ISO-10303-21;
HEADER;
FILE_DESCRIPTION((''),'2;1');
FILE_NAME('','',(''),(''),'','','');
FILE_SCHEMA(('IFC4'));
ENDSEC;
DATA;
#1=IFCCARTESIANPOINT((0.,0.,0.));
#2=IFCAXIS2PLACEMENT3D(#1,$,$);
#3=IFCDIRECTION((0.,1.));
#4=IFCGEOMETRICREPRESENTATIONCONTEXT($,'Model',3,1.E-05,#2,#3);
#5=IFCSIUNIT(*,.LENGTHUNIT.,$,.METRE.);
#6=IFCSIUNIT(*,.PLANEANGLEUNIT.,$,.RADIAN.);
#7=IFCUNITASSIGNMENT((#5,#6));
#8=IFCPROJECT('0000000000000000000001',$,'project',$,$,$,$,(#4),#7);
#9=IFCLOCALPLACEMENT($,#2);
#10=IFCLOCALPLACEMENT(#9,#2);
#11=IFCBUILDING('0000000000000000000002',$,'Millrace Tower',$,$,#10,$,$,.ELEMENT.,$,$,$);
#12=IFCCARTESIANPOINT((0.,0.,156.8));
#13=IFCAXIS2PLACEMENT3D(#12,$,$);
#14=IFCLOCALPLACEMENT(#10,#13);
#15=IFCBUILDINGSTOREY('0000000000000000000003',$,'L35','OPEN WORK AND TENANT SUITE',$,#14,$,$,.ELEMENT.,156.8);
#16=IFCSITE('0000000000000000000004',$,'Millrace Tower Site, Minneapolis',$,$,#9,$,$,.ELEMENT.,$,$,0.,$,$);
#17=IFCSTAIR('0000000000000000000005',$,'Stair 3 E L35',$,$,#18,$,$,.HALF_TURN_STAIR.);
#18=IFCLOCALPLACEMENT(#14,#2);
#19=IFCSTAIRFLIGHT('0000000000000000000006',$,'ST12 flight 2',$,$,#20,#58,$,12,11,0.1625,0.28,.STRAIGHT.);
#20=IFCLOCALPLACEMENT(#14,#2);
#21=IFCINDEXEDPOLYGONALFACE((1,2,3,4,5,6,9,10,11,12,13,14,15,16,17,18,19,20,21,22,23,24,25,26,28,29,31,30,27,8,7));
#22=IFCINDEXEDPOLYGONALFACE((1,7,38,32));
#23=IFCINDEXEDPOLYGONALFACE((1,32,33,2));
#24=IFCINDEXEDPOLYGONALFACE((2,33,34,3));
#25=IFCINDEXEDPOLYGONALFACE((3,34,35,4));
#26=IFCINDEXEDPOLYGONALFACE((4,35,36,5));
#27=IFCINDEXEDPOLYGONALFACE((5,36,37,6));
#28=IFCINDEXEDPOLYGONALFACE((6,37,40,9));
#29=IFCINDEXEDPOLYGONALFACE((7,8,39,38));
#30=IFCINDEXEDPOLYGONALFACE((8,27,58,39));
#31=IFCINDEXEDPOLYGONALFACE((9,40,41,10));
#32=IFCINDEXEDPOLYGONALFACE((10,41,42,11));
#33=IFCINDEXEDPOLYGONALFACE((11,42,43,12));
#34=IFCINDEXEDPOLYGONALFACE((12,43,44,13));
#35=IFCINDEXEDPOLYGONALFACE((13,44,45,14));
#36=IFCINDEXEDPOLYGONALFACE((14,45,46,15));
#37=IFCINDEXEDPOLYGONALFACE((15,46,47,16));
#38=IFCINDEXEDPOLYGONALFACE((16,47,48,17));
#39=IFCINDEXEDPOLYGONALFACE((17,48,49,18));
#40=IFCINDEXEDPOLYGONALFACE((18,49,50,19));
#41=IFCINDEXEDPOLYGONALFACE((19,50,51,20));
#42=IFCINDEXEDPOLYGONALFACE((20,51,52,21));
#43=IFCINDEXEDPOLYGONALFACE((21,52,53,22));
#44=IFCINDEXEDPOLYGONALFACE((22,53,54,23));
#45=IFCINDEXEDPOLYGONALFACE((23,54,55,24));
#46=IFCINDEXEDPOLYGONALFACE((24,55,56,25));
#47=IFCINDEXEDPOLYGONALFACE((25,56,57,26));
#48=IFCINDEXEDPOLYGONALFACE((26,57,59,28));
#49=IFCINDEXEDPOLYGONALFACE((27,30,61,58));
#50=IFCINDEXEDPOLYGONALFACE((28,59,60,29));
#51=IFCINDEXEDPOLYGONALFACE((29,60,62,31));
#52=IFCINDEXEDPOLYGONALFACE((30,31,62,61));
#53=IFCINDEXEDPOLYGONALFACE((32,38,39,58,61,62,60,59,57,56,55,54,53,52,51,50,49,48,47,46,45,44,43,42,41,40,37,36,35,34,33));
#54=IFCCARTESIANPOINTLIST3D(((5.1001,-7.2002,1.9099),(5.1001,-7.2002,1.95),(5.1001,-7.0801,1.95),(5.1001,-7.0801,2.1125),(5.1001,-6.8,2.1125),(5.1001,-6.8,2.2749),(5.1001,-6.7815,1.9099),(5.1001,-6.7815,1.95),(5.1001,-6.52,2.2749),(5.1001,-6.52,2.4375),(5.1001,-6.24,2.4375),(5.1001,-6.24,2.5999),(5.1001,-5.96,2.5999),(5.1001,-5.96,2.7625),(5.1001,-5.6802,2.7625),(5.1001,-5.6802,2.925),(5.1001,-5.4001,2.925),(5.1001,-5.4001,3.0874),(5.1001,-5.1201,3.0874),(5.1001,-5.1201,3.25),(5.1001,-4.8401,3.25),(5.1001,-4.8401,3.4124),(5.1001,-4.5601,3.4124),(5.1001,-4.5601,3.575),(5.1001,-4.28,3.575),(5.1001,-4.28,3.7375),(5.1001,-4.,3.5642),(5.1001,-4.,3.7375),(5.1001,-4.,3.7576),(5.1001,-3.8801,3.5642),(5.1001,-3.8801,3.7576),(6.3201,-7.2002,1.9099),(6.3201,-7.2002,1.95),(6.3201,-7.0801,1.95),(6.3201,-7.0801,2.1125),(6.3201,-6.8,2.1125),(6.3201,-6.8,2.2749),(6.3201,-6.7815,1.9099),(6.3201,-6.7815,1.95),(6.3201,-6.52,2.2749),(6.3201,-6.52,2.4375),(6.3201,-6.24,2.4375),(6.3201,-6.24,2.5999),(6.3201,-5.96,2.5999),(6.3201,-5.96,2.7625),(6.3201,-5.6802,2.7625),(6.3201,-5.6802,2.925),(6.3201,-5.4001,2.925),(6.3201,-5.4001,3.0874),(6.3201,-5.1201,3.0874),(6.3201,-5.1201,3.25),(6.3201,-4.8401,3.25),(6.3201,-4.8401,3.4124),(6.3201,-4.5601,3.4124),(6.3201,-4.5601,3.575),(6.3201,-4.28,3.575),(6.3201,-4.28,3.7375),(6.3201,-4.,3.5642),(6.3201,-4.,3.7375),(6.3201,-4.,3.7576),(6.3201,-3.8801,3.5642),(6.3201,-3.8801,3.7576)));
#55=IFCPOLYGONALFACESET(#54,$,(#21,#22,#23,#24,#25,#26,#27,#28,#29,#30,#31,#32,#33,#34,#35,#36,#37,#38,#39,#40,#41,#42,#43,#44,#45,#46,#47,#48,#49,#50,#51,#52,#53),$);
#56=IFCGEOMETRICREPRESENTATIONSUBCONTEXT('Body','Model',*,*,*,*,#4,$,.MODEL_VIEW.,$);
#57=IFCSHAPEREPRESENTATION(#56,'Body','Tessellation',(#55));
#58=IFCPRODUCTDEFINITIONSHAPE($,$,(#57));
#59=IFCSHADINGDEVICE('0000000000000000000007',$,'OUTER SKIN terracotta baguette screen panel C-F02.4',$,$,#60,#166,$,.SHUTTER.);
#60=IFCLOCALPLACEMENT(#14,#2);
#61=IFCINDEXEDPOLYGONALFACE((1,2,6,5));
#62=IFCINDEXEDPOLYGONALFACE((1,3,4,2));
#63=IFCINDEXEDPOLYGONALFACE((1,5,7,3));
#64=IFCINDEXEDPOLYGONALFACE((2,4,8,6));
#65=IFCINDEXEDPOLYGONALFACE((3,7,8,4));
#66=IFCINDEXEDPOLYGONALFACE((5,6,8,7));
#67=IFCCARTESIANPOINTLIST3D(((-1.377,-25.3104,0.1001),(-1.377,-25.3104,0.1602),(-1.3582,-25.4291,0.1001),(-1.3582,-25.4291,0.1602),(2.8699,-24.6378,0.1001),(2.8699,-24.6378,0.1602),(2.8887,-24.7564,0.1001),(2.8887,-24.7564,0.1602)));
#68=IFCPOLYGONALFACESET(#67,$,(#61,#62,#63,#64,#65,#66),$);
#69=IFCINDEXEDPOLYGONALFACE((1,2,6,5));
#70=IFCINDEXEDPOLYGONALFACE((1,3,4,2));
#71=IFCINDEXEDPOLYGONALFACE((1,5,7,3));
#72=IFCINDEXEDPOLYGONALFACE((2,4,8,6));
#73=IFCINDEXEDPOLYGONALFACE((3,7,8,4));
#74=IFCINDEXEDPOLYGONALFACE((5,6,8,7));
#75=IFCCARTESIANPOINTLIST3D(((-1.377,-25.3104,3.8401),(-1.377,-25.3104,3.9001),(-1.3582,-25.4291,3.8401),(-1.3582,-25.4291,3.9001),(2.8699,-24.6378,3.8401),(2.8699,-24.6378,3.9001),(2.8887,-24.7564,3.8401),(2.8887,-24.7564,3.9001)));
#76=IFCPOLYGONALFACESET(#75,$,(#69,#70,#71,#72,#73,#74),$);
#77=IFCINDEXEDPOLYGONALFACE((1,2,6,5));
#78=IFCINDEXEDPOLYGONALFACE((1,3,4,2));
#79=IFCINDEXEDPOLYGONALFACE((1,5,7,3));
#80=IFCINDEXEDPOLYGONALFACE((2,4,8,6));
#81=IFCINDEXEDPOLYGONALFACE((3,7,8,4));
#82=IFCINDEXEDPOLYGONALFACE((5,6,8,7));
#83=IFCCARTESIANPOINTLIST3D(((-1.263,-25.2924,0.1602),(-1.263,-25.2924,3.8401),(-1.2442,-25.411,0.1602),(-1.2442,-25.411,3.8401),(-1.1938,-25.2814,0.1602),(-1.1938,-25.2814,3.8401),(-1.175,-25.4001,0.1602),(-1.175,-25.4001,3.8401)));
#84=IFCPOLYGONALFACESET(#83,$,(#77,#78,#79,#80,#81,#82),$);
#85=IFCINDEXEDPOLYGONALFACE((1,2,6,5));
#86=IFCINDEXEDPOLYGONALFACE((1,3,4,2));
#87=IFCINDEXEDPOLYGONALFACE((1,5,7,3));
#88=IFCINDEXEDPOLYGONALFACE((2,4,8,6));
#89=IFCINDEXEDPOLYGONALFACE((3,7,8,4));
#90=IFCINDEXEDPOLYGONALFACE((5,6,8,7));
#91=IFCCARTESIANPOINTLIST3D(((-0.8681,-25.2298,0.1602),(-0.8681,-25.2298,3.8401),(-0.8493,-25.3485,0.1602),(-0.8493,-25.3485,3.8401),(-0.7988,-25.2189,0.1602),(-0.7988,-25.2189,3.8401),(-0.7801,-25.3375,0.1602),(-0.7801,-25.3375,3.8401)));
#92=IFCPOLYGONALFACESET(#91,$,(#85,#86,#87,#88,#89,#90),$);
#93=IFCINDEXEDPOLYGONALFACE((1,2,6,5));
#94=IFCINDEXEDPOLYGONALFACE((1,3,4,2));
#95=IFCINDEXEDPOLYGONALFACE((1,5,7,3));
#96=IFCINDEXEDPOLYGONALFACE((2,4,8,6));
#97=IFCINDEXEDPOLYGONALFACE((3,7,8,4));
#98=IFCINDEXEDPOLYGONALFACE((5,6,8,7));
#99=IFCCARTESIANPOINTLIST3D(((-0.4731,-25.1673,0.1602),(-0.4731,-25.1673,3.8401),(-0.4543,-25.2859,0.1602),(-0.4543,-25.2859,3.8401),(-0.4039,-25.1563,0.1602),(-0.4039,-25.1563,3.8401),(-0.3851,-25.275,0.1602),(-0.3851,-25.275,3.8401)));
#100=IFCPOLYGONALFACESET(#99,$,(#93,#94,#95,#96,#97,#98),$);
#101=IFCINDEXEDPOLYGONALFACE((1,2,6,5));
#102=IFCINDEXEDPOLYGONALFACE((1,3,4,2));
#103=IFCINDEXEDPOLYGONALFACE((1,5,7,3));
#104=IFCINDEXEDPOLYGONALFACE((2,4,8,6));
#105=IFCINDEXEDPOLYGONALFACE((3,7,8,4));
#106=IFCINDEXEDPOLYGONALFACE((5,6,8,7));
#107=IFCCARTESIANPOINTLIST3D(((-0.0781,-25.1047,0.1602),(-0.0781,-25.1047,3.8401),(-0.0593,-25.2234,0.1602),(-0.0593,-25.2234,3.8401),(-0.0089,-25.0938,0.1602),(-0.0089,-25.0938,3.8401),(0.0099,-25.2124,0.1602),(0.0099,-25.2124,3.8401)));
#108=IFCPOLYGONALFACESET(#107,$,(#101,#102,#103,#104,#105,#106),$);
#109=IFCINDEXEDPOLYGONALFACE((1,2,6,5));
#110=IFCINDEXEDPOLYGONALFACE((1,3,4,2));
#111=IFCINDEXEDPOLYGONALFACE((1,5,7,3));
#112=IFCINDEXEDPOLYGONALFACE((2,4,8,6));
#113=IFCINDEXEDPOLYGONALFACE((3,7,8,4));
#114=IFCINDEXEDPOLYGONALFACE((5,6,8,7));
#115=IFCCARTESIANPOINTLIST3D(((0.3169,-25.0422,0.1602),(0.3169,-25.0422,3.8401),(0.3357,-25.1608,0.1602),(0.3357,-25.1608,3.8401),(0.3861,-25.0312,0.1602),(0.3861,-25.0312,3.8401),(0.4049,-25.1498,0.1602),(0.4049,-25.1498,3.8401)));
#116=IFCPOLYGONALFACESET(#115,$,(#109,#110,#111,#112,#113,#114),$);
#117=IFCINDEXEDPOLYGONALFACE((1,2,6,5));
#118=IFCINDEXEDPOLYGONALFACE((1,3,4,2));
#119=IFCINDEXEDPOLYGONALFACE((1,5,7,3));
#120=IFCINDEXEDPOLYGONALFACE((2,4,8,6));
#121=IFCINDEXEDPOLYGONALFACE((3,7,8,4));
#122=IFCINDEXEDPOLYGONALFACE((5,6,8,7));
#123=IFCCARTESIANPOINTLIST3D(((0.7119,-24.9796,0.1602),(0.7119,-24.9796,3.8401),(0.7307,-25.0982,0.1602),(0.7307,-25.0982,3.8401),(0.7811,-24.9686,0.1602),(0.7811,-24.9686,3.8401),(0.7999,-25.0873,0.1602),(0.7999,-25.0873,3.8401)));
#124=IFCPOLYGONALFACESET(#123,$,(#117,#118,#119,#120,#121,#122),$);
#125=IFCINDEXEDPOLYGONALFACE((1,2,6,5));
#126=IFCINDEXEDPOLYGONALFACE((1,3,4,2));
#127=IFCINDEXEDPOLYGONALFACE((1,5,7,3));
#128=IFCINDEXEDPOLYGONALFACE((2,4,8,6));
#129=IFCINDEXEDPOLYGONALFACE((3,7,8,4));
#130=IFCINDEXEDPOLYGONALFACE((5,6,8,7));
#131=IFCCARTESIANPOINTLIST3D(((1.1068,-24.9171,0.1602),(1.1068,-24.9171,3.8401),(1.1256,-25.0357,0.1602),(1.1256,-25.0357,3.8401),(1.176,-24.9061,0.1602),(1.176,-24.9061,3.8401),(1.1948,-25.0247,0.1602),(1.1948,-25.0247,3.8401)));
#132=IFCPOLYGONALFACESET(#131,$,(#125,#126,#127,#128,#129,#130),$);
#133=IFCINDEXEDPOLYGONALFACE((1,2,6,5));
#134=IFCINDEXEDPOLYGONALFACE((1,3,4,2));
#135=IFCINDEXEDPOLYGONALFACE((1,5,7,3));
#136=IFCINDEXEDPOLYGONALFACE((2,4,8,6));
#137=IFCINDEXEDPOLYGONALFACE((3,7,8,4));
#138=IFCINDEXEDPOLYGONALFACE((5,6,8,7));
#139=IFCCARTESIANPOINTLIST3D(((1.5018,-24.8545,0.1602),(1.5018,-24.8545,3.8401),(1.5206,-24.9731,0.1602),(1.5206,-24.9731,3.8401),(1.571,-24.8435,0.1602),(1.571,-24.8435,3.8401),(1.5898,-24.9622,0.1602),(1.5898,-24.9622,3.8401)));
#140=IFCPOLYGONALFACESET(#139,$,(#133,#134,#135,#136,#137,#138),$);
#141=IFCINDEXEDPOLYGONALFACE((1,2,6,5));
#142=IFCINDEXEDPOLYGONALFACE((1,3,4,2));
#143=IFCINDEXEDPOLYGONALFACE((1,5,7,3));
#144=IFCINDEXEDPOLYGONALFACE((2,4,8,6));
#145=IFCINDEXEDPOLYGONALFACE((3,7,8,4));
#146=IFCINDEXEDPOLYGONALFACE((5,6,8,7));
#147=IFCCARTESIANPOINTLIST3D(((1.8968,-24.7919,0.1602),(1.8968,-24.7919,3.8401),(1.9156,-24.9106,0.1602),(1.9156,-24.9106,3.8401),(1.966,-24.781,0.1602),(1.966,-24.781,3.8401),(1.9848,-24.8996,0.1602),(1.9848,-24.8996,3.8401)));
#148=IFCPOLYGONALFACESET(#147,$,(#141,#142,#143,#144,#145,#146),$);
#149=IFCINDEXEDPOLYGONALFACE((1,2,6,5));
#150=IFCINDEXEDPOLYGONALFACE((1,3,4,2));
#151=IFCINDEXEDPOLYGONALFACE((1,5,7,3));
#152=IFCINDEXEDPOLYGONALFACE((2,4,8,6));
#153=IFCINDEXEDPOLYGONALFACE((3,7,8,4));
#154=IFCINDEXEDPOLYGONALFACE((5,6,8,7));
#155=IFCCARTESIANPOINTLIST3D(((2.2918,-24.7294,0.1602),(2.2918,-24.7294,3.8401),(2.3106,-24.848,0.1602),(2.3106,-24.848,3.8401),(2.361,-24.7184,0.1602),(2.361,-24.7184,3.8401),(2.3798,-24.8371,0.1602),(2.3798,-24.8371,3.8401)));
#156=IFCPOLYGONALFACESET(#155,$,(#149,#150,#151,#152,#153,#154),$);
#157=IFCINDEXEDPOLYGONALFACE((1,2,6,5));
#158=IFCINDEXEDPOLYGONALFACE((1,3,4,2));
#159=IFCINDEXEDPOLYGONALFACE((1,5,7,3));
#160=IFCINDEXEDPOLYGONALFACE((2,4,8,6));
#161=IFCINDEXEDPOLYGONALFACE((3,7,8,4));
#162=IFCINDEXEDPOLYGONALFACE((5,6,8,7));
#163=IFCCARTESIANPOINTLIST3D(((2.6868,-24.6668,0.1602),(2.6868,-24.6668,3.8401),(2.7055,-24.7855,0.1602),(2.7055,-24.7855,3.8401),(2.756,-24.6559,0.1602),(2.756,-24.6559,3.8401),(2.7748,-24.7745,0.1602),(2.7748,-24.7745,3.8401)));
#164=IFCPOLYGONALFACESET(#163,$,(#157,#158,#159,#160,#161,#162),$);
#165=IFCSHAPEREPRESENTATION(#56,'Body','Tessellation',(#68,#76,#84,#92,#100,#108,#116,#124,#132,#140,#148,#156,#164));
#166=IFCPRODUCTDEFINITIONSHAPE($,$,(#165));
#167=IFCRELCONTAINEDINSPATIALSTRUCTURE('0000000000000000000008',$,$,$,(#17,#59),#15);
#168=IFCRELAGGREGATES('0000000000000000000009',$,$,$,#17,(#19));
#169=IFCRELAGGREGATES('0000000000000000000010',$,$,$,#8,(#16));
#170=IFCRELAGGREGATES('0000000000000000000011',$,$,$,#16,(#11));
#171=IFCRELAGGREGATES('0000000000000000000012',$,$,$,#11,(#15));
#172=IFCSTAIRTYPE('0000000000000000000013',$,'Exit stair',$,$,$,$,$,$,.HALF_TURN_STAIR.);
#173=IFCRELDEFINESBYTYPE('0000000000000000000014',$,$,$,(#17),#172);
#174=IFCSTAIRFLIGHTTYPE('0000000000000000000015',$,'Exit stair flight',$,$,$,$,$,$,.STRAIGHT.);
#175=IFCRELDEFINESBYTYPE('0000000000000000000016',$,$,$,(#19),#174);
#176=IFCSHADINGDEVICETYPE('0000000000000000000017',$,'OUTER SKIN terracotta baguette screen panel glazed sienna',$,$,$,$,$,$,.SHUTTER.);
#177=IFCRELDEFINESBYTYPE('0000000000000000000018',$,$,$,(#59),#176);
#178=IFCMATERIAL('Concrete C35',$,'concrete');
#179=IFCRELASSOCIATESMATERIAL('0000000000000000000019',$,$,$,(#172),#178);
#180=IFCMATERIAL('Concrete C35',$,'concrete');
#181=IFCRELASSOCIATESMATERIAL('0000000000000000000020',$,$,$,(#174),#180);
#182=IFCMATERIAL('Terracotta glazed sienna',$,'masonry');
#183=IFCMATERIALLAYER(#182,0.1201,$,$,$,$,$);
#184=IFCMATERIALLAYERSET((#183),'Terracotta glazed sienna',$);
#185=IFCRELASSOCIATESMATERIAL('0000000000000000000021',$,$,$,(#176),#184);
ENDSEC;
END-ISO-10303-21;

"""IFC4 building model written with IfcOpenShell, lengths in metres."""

from ifc_helpers import new_model, entity, si_unit, direction, frame, frame_2d, origin, origin_2d, place, context, subcontext, project, spatial, polyline, rectangle, outline, extrude, source, transform, mapped, material, layer, layer_set, type_object, element, aggregate, save


model = new_model("IFC4")

# Units and contexts
model_context = context("Model", 3, precision=1e-05, world=origin(), true_north=direction((0.0, 1.0)))
body_context = subcontext(model_context, "Body", "Model", "MODEL_VIEW")
ifc_project = project(units=[si_unit("LENGTHUNIT", "METRE"), si_unit("PLANEANGLEUNIT", "RADIAN")], contexts=[model_context])

# Site, building, storey
site_placement = place(None, origin())
site = spatial("IfcSite", under=ifc_project, at=site_placement, Name="Millrace Tower Site, Minneapolis", CompositionType="ELEMENT", RefElevation=0.0)
building_placement = place(site_placement, origin())
building = spatial("IfcBuilding", under=site, at=building_placement, Name="Millrace Tower", CompositionType="ELEMENT")
storey_placement = place(building_placement, frame((0.0, 0.0, 156.8)))
storey = spatial("IfcBuildingStorey", under=building, at=storey_placement, Name="L35", Description="OPEN WORK AND TENANT SUITE", CompositionType="ELEMENT", Elevation=156.8)

# Shared definitions
placement = place(storey_placement, origin())

# Stair, stair flight
ifc_material_1 = material(Name="Concrete C35", Category="concrete")
stair_type = type_object("IfcStairType", Name="Exit stair", PredefinedType="HALF_TURN_STAIR", material=ifc_material_1)
ifc_material_2 = material(Name="Concrete C35", Category="concrete")
stair_flight_type = type_object("IfcStairFlightType", Name="Exit stair flight", PredefinedType="STRAIGHT", material=ifc_material_2)
stair_1 = element("IfcStair", 1, at=placement, inside=storey, type_object=stair_type, Name="Stair 3 E L35", PredefinedType="HALF_TURN_STAIR")
stair_flight_1_placement = place(storey_placement, frame((5.71, -7.0801, 1.95), z_axis=(0.0, 0.0, 1.0), x_axis=(0.0, 1.0, 0.0)))
stair_flight_1 = element("IfcStairFlight", 2, at=stair_flight_1_placement, type_object=stair_flight_type, Name="ST12 flight 2", NumberOfRisers=12, NumberOfTreads=11, PredefinedType="STRAIGHT", RiserHeight=0.1625, TreadLength=0.28, context=body_context, shape_type="SweptSolid", body=[
    extrude(outline(polyline([(-0.1201, -0.04), (-0.1201, 0.0), (0.0, 0.0), (0.0, 0.1626), (0.28, 0.1626), (0.28, 0.325), (0.5601, 0.325), (0.5601, 0.4875), (0.8401, 0.4875), (0.8401, 0.6499), (1.1201, 0.6499), (1.1201, 0.8125), (1.3999, 0.8125), (1.3999, 0.9751), (1.6799, 0.9751), (1.6799, 1.1375), (1.96, 1.1375), (1.96, 1.3), (2.24, 1.3), (2.24, 1.4624), (2.52, 1.4624), (2.52, 1.625), (2.8, 1.625), (2.8, 1.7876), (3.0801, 1.7876), (3.0801, 1.8076), (3.2, 1.8076), (3.2, 1.6143), (3.0801, 1.6143), (0.2986, 0.0), (0.2986, -0.04), (-0.1201, -0.04)])), frame((0.0, 0.6099, 0.0), z_axis=(0.0, -1.0, 0.0), x_axis=(1.0, 0.0, 0.0)), (0.0, 0.0, 1.0), 1.22),
])
aggregate(stair_1, [stair_flight_1])

# Shading device
ifc_material_3 = material(Name="Terracotta glazed sienna", Category="masonry")
ifc_layer_1 = layer(ifc_material_3, 0.1201)
ifc_layer_set_1 = layer_set([ifc_layer_1], Name="Terracotta glazed sienna")
shading_device_type = type_object("IfcShadingDeviceType", Name="OUTER SKIN terracotta baguette screen panel glazed sienna", PredefinedType="SHUTTER", material=ifc_layer_set_1)
cartesian_point = entity("IfcCartesianPoint", [-2.1499, 0.0601])
shared_polyline = entity("IfcPolyline", [cartesian_point, entity("IfcCartesianPoint", [2.1499, 0.0601]), entity("IfcCartesianPoint", [2.1499, -0.0601]), entity("IfcCartesianPoint", [-2.1499, -0.0601]), cartesian_point])
shared_shape = source(origin(), body_context, "Body", "SweptSolid", [
    entity("IfcExtrudedAreaSolid", entity("IfcArbitraryClosedProfileDef", "AREA", None, shared_polyline), entity("IfcAxis2Placement3D", entity("IfcCartesianPoint", [0.0, 0.0, 0.0])), entity("IfcDirection", [0.0, 0.0, 1.0]), 0.0601),
    entity("IfcExtrudedAreaSolid", entity("IfcArbitraryClosedProfileDef", "AREA", None, shared_polyline), entity("IfcAxis2Placement3D", entity("IfcCartesianPoint", [0.0, 0.0, 3.74])), entity("IfcDirection", [0.0, 0.0, 1.0]), 0.0601),
    extrude(rectangle(XDim=0.0701, YDim=0.1201, at=frame_2d((-1.9995, 0.0))), frame((0.0, 0.0, 0.0601)), (0.0, 0.0, 1.0), 3.6799),
    extrude(rectangle(XDim=0.0701, YDim=0.1201, at=frame_2d((-1.5996, 0.0))), frame((0.0, 0.0, 0.0601)), (0.0, 0.0, 1.0), 3.6799),
    extrude(rectangle(XDim=0.0701, YDim=0.1201, at=frame_2d((-1.1997, 0.0))), frame((0.0, 0.0, 0.0601)), (0.0, 0.0, 1.0), 3.6799),
    extrude(rectangle(XDim=0.0701, YDim=0.1201, at=frame_2d((-0.7998, 0.0))), frame((0.0, 0.0, 0.0601)), (0.0, 0.0, 1.0), 3.6799),
    extrude(rectangle(XDim=0.0701, YDim=0.1201, at=frame_2d((-0.3999, 0.0))), frame((0.0, 0.0, 0.0601)), (0.0, 0.0, 1.0), 3.6799),
    extrude(rectangle(XDim=0.0701, YDim=0.1201, at=origin_2d()), frame((0.0, 0.0, 0.0601)), (0.0, 0.0, 1.0), 3.6799),
    extrude(rectangle(XDim=0.0701, YDim=0.1201, at=frame_2d((0.3999, 0.0))), frame((0.0, 0.0, 0.0601)), (0.0, 0.0, 1.0), 3.6799),
    extrude(rectangle(XDim=0.0701, YDim=0.1201, at=frame_2d((0.7998, 0.0))), frame((0.0, 0.0, 0.0601)), (0.0, 0.0, 1.0), 3.6799),
    extrude(rectangle(XDim=0.0701, YDim=0.1201, at=frame_2d((1.1997, 0.0))), frame((0.0, 0.0, 0.0601)), (0.0, 0.0, 1.0), 3.6799),
    extrude(rectangle(XDim=0.0701, YDim=0.1201, at=frame_2d((1.5996, 0.0))), frame((0.0, 0.0, 0.0601)), (0.0, 0.0, 1.0), 3.6799),
    extrude(rectangle(XDim=0.0701, YDim=0.1201, at=frame_2d((1.9995, 0.0))), frame((0.0, 0.0, 0.0601)), (0.0, 0.0, 1.0), 3.6799),
])
for number, where, z_axis, x_axis, name in (
    (3, (0.7559, -25.0334, 0.1001), (0.0, 0.0, 1.0), (0.987688, 0.156434, 0.0), "OUTER SKIN terracotta baguette screen panel C-F02.4"),
):
    element("IfcShadingDevice", number, at=place(storey_placement, frame(where, z_axis=z_axis, x_axis=x_axis)), inside=storey, type_object=shading_device_type, Name=name, PredefinedType="SHUTTER", context=body_context, shape_type="MappedRepresentation", body=[
        mapped(shared_shape, transform((0.0, 0.0, 0.0), scale=1.0)),
    ])

save(model, "model.ifc")
